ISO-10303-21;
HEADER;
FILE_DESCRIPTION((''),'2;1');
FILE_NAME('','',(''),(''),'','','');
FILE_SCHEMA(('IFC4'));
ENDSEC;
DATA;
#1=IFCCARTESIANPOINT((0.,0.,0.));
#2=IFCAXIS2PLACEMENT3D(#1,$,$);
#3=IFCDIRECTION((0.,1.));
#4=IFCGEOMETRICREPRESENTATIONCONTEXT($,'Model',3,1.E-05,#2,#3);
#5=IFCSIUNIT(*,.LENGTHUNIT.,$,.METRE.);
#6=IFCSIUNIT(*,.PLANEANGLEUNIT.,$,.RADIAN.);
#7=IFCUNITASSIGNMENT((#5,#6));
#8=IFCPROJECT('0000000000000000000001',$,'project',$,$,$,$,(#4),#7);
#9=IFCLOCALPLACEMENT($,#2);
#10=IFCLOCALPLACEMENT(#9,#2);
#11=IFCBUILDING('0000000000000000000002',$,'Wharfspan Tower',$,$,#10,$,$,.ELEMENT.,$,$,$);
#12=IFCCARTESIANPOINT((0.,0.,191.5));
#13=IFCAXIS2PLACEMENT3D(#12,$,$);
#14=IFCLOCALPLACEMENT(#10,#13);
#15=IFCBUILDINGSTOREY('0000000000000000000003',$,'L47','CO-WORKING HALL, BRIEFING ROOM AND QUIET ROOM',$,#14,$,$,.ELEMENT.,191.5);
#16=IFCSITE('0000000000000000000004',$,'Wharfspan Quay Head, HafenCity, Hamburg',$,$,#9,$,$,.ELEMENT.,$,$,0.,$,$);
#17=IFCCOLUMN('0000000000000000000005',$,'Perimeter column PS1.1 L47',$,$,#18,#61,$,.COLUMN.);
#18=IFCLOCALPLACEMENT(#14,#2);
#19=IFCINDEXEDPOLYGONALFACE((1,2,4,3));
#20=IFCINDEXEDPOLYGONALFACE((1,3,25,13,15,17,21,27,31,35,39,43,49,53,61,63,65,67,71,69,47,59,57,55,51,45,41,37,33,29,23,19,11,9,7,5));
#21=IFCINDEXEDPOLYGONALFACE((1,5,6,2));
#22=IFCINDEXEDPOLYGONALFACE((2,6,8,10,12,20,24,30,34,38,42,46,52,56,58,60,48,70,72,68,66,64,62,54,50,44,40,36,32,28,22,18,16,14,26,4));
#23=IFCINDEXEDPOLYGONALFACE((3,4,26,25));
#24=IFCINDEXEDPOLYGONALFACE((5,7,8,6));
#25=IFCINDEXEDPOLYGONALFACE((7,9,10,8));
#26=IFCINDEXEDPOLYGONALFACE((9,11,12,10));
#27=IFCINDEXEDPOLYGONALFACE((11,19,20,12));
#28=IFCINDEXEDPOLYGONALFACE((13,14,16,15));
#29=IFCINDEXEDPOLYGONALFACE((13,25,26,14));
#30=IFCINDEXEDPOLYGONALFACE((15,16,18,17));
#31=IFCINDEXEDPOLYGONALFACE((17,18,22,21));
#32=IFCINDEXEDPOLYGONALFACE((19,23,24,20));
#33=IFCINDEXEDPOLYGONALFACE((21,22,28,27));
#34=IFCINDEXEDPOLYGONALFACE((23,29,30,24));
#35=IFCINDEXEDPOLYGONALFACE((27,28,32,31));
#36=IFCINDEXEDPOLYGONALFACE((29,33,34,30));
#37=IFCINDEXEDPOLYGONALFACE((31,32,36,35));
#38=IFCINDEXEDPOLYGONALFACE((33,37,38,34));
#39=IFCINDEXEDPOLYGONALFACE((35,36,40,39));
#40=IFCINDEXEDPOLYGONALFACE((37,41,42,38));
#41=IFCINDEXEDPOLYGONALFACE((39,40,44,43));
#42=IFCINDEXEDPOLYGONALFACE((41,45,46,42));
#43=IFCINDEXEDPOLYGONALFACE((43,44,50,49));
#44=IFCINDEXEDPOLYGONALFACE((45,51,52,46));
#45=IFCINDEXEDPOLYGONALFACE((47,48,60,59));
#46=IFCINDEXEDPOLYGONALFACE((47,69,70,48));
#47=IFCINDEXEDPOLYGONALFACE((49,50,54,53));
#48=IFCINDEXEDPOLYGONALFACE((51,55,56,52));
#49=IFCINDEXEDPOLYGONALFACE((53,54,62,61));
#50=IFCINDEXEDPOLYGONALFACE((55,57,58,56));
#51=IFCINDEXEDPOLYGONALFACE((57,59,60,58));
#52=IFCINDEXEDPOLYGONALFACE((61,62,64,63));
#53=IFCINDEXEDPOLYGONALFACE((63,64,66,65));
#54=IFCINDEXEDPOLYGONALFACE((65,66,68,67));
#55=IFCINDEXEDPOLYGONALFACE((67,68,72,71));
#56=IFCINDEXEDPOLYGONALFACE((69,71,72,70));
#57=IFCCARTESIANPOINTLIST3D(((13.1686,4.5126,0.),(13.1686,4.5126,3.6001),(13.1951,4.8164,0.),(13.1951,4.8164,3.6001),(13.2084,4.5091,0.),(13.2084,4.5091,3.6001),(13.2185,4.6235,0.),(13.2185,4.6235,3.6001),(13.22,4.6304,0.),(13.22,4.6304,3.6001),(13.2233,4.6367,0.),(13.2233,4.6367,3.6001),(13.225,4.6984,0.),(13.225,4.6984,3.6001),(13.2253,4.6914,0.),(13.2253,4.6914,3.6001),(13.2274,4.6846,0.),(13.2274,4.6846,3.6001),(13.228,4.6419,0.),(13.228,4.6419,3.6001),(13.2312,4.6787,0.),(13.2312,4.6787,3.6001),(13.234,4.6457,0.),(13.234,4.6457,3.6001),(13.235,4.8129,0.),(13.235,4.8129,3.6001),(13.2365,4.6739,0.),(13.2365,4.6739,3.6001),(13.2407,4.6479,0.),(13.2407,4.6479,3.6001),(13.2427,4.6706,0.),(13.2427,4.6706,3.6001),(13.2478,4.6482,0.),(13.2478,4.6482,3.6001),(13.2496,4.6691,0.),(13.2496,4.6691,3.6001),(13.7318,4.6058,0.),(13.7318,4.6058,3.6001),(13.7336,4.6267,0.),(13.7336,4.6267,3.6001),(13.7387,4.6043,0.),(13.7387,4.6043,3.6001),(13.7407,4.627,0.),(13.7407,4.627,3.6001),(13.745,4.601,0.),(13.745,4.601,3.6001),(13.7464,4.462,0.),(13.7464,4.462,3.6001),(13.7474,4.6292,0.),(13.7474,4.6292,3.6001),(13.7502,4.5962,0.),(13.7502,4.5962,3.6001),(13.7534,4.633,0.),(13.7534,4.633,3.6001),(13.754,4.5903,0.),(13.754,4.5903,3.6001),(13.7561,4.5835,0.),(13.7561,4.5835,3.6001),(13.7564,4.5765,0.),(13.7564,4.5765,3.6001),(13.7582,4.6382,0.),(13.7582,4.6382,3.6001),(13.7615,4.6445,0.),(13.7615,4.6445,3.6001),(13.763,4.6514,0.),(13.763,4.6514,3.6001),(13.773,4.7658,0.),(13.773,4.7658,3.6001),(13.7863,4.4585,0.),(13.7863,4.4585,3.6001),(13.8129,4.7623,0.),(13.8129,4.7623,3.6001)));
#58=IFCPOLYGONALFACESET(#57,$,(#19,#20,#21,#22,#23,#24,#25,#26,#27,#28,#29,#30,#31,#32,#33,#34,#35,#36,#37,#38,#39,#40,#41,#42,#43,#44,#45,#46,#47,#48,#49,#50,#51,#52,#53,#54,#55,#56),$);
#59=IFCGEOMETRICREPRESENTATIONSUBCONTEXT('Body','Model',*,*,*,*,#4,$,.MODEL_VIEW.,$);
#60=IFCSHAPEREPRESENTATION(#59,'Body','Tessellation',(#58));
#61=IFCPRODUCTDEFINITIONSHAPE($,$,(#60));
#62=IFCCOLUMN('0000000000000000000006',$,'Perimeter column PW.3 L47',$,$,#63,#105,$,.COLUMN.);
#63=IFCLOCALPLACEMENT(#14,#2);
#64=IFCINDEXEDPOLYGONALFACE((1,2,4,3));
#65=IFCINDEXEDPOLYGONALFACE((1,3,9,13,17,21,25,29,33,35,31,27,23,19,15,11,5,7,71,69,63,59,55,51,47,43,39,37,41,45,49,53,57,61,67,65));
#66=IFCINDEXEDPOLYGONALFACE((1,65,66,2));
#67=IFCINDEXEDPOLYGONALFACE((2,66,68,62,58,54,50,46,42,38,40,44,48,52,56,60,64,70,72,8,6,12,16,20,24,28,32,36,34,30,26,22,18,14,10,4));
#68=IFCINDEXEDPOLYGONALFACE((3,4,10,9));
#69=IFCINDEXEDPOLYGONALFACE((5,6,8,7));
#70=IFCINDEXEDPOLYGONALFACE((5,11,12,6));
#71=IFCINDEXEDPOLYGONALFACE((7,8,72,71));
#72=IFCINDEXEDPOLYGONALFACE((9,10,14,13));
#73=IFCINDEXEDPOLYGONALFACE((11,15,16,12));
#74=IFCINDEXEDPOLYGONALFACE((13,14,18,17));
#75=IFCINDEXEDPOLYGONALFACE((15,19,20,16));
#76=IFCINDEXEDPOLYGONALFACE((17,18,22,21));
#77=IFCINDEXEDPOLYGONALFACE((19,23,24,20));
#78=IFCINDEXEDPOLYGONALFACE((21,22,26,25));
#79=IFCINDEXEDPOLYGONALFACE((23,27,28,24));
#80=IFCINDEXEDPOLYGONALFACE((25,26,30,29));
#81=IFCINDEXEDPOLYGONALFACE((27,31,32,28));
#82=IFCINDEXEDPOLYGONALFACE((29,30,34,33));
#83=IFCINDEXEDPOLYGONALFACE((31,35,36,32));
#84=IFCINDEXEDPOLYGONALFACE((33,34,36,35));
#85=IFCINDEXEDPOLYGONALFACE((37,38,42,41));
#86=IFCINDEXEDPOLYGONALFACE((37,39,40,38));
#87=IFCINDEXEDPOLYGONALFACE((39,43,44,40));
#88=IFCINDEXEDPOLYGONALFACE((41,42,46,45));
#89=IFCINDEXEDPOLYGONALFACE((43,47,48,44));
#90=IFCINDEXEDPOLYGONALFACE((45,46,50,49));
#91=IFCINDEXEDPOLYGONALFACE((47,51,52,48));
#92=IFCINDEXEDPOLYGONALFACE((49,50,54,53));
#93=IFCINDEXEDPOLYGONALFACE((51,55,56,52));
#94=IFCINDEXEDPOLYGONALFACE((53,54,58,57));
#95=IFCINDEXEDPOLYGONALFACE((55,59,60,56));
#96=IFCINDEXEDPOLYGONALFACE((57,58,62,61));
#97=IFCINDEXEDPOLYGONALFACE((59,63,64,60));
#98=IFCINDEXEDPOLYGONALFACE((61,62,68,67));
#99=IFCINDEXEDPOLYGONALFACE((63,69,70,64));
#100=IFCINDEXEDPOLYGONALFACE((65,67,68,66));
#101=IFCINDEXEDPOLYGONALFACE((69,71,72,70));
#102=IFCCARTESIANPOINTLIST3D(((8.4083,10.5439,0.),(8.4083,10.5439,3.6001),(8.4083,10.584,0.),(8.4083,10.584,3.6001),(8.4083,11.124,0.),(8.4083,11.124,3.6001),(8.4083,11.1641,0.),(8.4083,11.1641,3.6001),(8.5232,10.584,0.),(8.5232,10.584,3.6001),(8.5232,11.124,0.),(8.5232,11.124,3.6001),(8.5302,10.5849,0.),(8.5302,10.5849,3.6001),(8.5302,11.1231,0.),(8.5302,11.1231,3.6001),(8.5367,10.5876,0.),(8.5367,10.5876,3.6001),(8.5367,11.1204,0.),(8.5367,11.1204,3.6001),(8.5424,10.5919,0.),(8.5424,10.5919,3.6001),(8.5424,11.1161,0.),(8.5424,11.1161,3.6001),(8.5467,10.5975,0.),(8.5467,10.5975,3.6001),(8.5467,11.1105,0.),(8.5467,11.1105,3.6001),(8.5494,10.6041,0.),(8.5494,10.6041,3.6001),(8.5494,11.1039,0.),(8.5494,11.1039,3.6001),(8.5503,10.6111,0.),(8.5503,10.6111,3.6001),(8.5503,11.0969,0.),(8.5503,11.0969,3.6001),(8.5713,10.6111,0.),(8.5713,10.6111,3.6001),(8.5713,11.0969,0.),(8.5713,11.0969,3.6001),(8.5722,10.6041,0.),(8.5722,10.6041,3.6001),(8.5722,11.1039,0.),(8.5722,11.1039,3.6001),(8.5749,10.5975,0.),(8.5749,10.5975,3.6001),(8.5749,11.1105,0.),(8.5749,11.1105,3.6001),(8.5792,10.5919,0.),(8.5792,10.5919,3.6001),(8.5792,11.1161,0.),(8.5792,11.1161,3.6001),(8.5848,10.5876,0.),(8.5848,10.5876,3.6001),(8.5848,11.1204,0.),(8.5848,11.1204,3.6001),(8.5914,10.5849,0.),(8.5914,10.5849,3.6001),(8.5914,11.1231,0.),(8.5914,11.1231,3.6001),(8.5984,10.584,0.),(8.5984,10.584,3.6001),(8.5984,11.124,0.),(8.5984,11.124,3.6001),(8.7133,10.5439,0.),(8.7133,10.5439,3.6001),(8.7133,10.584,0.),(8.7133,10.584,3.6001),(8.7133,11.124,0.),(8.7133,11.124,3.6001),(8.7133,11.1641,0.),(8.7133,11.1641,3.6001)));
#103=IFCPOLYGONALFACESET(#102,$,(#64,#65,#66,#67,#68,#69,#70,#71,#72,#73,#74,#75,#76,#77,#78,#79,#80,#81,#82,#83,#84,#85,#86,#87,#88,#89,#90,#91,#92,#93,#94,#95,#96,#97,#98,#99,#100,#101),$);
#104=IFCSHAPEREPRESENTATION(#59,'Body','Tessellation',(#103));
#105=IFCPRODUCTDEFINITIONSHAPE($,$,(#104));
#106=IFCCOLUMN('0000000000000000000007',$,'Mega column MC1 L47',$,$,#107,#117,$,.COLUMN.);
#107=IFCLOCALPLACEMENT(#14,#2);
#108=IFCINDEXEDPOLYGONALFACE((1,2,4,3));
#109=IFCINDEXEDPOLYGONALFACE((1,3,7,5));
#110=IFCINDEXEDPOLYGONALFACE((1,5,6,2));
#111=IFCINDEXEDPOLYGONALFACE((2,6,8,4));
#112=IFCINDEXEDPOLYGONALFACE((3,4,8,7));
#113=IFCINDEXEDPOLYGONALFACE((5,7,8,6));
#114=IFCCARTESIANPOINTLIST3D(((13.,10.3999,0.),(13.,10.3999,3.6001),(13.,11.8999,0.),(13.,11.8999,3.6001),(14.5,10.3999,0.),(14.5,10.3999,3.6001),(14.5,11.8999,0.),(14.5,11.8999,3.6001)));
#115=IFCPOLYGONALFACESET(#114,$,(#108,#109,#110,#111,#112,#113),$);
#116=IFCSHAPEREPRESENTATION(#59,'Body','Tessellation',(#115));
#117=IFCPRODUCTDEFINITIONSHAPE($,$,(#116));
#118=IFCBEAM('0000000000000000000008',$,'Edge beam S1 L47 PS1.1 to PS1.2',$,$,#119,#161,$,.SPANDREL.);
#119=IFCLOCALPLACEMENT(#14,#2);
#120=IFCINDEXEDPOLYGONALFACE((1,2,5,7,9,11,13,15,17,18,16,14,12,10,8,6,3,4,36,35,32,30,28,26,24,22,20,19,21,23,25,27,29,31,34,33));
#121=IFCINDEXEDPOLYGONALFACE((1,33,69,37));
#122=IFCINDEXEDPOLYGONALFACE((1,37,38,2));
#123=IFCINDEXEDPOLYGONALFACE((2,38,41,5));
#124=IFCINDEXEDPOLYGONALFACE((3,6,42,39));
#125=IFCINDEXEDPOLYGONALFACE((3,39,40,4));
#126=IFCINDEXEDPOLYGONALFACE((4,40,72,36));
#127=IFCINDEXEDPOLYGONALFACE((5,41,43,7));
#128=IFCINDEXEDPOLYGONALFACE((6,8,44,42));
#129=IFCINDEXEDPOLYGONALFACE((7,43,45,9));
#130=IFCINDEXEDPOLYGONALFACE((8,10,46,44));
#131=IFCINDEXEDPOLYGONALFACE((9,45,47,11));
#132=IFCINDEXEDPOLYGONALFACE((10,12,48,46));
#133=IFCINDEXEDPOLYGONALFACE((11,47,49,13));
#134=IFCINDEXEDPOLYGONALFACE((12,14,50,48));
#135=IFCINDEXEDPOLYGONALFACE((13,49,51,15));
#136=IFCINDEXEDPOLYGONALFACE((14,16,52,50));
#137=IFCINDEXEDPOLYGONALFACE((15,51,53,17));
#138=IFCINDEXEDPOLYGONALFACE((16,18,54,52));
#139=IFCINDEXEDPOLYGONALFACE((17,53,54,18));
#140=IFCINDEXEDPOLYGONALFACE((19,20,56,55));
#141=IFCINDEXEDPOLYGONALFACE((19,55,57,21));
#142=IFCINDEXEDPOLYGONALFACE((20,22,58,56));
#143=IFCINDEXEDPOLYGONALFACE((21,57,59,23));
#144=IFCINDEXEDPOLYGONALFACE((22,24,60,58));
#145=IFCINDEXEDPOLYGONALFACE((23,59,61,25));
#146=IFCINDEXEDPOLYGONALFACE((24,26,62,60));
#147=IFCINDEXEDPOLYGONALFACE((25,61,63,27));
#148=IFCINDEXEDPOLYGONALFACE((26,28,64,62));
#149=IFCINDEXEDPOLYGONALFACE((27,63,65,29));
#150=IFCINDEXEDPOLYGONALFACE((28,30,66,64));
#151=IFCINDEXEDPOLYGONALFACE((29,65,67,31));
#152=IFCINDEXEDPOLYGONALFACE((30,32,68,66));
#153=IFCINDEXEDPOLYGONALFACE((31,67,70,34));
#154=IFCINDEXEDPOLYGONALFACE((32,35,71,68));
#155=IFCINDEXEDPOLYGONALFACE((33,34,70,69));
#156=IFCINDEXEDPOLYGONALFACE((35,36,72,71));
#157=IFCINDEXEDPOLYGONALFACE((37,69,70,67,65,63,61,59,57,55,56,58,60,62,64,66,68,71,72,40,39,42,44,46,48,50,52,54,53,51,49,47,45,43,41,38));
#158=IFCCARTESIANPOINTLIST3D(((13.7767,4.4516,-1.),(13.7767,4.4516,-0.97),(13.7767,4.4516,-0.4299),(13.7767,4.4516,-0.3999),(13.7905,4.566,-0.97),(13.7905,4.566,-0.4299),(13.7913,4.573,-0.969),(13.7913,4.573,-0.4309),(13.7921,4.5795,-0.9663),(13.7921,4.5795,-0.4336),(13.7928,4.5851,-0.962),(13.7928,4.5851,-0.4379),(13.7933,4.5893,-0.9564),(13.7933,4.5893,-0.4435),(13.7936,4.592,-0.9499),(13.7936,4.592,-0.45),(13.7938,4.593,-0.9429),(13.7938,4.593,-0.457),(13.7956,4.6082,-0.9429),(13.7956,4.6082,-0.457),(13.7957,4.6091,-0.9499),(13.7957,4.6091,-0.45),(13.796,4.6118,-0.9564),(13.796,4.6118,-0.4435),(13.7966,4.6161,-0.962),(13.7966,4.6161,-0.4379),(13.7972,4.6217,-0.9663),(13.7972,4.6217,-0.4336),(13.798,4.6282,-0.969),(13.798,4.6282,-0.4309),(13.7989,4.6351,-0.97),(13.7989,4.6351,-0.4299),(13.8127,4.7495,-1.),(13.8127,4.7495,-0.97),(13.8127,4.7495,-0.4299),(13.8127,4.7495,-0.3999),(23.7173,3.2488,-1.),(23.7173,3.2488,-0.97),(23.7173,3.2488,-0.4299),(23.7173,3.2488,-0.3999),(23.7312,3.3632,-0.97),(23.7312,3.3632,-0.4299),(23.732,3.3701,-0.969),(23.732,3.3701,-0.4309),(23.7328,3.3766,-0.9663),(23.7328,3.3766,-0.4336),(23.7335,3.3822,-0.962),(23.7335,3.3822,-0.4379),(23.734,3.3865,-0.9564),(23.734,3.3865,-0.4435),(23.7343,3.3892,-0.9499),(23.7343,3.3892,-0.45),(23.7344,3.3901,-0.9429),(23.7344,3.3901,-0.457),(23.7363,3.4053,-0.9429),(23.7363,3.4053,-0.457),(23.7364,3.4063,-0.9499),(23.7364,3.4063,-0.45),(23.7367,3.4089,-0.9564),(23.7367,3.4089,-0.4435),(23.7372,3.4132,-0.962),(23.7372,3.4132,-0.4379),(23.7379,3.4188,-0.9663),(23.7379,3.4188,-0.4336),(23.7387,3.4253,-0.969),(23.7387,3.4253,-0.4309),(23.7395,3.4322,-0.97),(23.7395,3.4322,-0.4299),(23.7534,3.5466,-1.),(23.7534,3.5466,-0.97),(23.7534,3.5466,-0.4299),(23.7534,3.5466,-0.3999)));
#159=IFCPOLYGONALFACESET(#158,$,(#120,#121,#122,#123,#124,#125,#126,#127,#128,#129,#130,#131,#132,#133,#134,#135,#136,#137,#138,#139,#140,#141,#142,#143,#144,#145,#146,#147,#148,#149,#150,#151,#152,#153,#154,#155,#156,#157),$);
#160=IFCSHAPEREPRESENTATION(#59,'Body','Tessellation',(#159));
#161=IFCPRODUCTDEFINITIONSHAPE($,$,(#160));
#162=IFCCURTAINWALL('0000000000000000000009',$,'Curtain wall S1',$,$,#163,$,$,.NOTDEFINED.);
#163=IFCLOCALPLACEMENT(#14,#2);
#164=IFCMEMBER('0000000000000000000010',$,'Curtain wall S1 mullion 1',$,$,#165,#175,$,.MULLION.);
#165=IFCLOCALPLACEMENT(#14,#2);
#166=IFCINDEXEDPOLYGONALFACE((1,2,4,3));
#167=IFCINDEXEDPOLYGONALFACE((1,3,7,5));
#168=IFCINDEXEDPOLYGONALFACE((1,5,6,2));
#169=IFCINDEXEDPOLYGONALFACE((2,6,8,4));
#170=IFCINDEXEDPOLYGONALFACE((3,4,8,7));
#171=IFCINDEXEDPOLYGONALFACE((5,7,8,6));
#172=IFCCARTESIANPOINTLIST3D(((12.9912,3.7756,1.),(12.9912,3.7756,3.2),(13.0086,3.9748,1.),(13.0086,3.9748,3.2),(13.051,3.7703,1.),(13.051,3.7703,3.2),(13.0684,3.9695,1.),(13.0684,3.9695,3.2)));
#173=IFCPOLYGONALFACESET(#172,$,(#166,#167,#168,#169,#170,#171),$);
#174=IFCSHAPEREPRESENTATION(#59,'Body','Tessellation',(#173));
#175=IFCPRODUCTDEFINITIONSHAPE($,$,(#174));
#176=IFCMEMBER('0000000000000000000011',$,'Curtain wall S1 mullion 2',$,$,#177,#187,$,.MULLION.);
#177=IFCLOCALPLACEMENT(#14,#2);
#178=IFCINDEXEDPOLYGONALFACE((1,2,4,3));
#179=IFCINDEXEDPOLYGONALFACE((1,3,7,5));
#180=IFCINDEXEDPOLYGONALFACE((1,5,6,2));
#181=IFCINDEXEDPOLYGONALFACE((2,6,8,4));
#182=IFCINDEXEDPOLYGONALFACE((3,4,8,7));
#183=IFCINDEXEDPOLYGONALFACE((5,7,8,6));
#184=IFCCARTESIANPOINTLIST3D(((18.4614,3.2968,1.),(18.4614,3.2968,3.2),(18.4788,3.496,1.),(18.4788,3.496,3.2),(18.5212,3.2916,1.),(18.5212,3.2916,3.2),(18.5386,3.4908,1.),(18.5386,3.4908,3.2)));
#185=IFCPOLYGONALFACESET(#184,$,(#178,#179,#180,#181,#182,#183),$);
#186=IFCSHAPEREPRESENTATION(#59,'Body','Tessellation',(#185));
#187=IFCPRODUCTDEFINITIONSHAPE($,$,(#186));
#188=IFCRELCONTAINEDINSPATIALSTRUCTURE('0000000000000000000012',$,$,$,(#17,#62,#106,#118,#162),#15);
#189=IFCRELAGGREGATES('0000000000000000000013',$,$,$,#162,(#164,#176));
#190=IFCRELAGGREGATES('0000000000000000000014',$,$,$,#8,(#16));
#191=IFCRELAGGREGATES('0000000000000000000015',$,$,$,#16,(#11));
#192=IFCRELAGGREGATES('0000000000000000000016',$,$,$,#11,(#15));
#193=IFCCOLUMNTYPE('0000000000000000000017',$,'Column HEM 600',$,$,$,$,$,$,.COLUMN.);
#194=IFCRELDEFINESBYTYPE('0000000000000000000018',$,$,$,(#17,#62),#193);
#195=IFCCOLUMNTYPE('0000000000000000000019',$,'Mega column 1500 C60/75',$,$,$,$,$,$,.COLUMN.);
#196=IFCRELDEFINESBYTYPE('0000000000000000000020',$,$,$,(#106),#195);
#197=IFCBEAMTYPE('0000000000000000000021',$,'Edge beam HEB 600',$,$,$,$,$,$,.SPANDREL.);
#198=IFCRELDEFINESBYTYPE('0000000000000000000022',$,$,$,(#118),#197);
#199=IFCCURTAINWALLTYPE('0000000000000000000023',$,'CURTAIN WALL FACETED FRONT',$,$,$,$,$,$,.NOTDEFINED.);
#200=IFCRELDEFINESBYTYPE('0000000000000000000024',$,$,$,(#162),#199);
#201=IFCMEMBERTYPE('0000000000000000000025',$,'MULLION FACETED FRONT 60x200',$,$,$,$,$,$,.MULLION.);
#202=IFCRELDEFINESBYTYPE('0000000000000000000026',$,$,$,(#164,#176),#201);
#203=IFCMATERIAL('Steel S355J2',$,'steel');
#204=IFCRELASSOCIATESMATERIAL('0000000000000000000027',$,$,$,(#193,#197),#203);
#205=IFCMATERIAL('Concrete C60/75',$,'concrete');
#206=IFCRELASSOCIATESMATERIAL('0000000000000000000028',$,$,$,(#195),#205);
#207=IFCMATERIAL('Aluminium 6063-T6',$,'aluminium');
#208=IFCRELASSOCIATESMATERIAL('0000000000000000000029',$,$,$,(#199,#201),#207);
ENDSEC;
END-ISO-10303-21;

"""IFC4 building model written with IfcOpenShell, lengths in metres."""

from ifc_helpers import new_model, si_unit, direction, frame, origin, origin_2d, place, context, subcontext, project, spatial, rectangle, i_section, extrude, material, material_profile, profile_set, type_object, element, aggregate, save


model = new_model("IFC4")

# Units and contexts
model_context = context("Model", 3, precision=1e-05, world=origin(), true_north=direction((0.0, 1.0)))
body_context = subcontext(model_context, "Body", "Model", "MODEL_VIEW")
ifc_project = project(units=[si_unit("LENGTHUNIT", "METRE"), si_unit("PLANEANGLEUNIT", "RADIAN")], contexts=[model_context])

# Site, building, storey
site_placement = place(None, origin())
site = spatial("IfcSite", under=ifc_project, at=site_placement, Name="Wharfspan Quay Head, HafenCity, Hamburg", CompositionType="ELEMENT", RefElevation=0.0)
building_placement = place(site_placement, origin())
building = spatial("IfcBuilding", under=site, at=building_placement, Name="Wharfspan Tower", CompositionType="ELEMENT")
storey_placement = place(building_placement, frame((0.0, 0.0, 191.5)))
storey = spatial("IfcBuildingStorey", under=building, at=storey_placement, Name="L47", Description="CO-WORKING HALL, BRIEFING ROOM AND QUIET ROOM", CompositionType="ELEMENT", Elevation=191.5)

# Columns
ifc_material_1 = material(Name="Steel S355J2", Category="steel")
ifc_material_profile_1 = material_profile(ifc_material_1, i_section(OverallWidth=0.3049, OverallDepth=0.6201, WebThickness=0.021, FlangeThickness=0.04, FilletRadius=0.0271, at=origin_2d()))
ifc_profile_set_1 = profile_set([ifc_material_profile_1], Name="Steel S355J2")
column_type_1 = type_object("IfcColumnType", Name="Column HEM 600", PredefinedType="COLUMN", material=ifc_profile_set_1)
for number, where, z_axis, x_axis, name in (
    (1, (13.4907, 4.6375, 0.0), (0.0, 0.0, 1.0), (-0.087156, -0.996198, 0.0), "Perimeter column PS1.1 L47"),
    (2, (8.5608, 10.854, 0.0), (0.0, 0.0, 1.0), (-1.0, 0.0, 0.0), "Perimeter column PW.3 L47"),
):
    element("IfcColumn", number, at=place(storey_placement, frame(where, z_axis=z_axis, x_axis=x_axis)), inside=storey, type_object=column_type_1, Name=name, PredefinedType="COLUMN", context=body_context, shape_type="SweptSolid", body=[
        extrude(i_section(OverallWidth=0.3049, OverallDepth=0.6201, WebThickness=0.021, FlangeThickness=0.04, FilletRadius=0.0271, at=origin_2d()), origin(), (0.0, 0.0, 1.0), 3.6001),
    ])
ifc_material_2 = material(Name="Concrete C60/75", Category="concrete")
ifc_material_profile_2 = material_profile(ifc_material_2, rectangle(XDim=1.5, YDim=1.5, at=origin_2d()))
ifc_profile_set_2 = profile_set([ifc_material_profile_2], Name="Concrete C60/75")
column_type_2 = type_object("IfcColumnType", Name="Mega column 1500 C60/75", PredefinedType="COLUMN", material=ifc_profile_set_2)
column_placement = place(storey_placement, frame((13.75, 11.1499, 0.0), z_axis=(0.0, 0.0, 1.0), x_axis=(1.0, 0.0, 0.0)))
element("IfcColumn", 3, at=column_placement, inside=storey, type_object=column_type_2, Name="Mega column MC1 L47", PredefinedType="COLUMN", context=body_context, shape_type="SweptSolid", body=[
    extrude(rectangle(XDim=1.5, YDim=1.5, at=origin_2d()), origin(), (0.0, 0.0, 1.0), 3.6001),
])

# Beam
ifc_material_profile_3 = material_profile(ifc_material_1, i_section(OverallWidth=0.3, OverallDepth=0.6001, WebThickness=0.0154, FlangeThickness=0.03, FilletRadius=0.0271, at=origin_2d()))
ifc_profile_set_3 = profile_set([ifc_material_profile_3], Name="Steel S355J2")
beam_type = type_object("IfcBeamType", Name="Edge beam HEB 600", PredefinedType="SPANDREL", material=ifc_profile_set_3)
beam_placement = place(storey_placement, frame((13.7947, 4.6006, -0.7), z_axis=(0.992758, -0.12013, 0.0), x_axis=(0.12013, 0.992758, 0.0)))
element("IfcBeam", 4, at=beam_placement, inside=storey, type_object=beam_type, Name="Edge beam S1 L47 PS1.1 to PS1.2", PredefinedType="SPANDREL", context=body_context, shape_type="SweptSolid", body=[
    extrude(i_section(OverallWidth=0.3, OverallDepth=0.6001, WebThickness=0.0154, FlangeThickness=0.03, FilletRadius=0.0271, at=origin_2d()), origin(), (0.0, 0.0, 1.0), 10.0132),
])

# Curtain wall, members
ifc_material_3 = material(Name="Aluminium 6063-T6", Category="aluminium")
curtain_wall_type_1 = type_object("IfcCurtainWallType", Name="CURTAIN WALL FACETED FRONT", PredefinedType="NOTDEFINED", material=ifc_material_3)
curtain_wall_1_placement = place(storey_placement, origin())
curtain_wall_1 = element("IfcCurtainWall", 5, at=curtain_wall_1_placement, inside=storey, type_object=curtain_wall_type_1, Name="Curtain wall S1", PredefinedType="NOTDEFINED")
ifc_material_profile_4 = material_profile(ifc_material_3, rectangle(XDim=0.2, YDim=0.0601, at=origin_2d()))
ifc_profile_set_4 = profile_set([ifc_material_profile_4], Name="Aluminium 6063-T6")
member_type_1 = type_object("IfcMemberType", Name="MULLION FACETED FRONT 60x200", PredefinedType="MULLION", material=ifc_profile_set_4)
member_1_placement = place(storey_placement, frame((13.0298, 3.8726, 1.0), z_axis=(0.0, 0.0, 1.0), x_axis=(0.087156, 0.996198, 0.0)))
member_1 = element("IfcMember", 6, at=member_1_placement, type_object=member_type_1, Name="Curtain wall S1 mullion 1", PredefinedType="MULLION", context=body_context, shape_type="SweptSolid", body=[
    extrude(rectangle(XDim=0.2, YDim=0.0601, at=origin_2d()), origin(), (0.0, 0.0, 1.0), 2.2),
])
member_2_placement = place(storey_placement, frame((18.5, 3.3938, 1.0), z_axis=(0.0, 0.0, 1.0), x_axis=(0.087156, 0.996198, 0.0)))
member_2 = element("IfcMember", 7, at=member_2_placement, type_object=member_type_1, Name="Curtain wall S1 mullion 2", PredefinedType="MULLION", context=body_context, shape_type="SweptSolid", body=[
    extrude(rectangle(XDim=0.2, YDim=0.0601, at=origin_2d()), origin(), (0.0, 0.0, 1.0), 2.2),
])

aggregate(curtain_wall_1, [member_1, member_2])

save(model, "model.ifc")
